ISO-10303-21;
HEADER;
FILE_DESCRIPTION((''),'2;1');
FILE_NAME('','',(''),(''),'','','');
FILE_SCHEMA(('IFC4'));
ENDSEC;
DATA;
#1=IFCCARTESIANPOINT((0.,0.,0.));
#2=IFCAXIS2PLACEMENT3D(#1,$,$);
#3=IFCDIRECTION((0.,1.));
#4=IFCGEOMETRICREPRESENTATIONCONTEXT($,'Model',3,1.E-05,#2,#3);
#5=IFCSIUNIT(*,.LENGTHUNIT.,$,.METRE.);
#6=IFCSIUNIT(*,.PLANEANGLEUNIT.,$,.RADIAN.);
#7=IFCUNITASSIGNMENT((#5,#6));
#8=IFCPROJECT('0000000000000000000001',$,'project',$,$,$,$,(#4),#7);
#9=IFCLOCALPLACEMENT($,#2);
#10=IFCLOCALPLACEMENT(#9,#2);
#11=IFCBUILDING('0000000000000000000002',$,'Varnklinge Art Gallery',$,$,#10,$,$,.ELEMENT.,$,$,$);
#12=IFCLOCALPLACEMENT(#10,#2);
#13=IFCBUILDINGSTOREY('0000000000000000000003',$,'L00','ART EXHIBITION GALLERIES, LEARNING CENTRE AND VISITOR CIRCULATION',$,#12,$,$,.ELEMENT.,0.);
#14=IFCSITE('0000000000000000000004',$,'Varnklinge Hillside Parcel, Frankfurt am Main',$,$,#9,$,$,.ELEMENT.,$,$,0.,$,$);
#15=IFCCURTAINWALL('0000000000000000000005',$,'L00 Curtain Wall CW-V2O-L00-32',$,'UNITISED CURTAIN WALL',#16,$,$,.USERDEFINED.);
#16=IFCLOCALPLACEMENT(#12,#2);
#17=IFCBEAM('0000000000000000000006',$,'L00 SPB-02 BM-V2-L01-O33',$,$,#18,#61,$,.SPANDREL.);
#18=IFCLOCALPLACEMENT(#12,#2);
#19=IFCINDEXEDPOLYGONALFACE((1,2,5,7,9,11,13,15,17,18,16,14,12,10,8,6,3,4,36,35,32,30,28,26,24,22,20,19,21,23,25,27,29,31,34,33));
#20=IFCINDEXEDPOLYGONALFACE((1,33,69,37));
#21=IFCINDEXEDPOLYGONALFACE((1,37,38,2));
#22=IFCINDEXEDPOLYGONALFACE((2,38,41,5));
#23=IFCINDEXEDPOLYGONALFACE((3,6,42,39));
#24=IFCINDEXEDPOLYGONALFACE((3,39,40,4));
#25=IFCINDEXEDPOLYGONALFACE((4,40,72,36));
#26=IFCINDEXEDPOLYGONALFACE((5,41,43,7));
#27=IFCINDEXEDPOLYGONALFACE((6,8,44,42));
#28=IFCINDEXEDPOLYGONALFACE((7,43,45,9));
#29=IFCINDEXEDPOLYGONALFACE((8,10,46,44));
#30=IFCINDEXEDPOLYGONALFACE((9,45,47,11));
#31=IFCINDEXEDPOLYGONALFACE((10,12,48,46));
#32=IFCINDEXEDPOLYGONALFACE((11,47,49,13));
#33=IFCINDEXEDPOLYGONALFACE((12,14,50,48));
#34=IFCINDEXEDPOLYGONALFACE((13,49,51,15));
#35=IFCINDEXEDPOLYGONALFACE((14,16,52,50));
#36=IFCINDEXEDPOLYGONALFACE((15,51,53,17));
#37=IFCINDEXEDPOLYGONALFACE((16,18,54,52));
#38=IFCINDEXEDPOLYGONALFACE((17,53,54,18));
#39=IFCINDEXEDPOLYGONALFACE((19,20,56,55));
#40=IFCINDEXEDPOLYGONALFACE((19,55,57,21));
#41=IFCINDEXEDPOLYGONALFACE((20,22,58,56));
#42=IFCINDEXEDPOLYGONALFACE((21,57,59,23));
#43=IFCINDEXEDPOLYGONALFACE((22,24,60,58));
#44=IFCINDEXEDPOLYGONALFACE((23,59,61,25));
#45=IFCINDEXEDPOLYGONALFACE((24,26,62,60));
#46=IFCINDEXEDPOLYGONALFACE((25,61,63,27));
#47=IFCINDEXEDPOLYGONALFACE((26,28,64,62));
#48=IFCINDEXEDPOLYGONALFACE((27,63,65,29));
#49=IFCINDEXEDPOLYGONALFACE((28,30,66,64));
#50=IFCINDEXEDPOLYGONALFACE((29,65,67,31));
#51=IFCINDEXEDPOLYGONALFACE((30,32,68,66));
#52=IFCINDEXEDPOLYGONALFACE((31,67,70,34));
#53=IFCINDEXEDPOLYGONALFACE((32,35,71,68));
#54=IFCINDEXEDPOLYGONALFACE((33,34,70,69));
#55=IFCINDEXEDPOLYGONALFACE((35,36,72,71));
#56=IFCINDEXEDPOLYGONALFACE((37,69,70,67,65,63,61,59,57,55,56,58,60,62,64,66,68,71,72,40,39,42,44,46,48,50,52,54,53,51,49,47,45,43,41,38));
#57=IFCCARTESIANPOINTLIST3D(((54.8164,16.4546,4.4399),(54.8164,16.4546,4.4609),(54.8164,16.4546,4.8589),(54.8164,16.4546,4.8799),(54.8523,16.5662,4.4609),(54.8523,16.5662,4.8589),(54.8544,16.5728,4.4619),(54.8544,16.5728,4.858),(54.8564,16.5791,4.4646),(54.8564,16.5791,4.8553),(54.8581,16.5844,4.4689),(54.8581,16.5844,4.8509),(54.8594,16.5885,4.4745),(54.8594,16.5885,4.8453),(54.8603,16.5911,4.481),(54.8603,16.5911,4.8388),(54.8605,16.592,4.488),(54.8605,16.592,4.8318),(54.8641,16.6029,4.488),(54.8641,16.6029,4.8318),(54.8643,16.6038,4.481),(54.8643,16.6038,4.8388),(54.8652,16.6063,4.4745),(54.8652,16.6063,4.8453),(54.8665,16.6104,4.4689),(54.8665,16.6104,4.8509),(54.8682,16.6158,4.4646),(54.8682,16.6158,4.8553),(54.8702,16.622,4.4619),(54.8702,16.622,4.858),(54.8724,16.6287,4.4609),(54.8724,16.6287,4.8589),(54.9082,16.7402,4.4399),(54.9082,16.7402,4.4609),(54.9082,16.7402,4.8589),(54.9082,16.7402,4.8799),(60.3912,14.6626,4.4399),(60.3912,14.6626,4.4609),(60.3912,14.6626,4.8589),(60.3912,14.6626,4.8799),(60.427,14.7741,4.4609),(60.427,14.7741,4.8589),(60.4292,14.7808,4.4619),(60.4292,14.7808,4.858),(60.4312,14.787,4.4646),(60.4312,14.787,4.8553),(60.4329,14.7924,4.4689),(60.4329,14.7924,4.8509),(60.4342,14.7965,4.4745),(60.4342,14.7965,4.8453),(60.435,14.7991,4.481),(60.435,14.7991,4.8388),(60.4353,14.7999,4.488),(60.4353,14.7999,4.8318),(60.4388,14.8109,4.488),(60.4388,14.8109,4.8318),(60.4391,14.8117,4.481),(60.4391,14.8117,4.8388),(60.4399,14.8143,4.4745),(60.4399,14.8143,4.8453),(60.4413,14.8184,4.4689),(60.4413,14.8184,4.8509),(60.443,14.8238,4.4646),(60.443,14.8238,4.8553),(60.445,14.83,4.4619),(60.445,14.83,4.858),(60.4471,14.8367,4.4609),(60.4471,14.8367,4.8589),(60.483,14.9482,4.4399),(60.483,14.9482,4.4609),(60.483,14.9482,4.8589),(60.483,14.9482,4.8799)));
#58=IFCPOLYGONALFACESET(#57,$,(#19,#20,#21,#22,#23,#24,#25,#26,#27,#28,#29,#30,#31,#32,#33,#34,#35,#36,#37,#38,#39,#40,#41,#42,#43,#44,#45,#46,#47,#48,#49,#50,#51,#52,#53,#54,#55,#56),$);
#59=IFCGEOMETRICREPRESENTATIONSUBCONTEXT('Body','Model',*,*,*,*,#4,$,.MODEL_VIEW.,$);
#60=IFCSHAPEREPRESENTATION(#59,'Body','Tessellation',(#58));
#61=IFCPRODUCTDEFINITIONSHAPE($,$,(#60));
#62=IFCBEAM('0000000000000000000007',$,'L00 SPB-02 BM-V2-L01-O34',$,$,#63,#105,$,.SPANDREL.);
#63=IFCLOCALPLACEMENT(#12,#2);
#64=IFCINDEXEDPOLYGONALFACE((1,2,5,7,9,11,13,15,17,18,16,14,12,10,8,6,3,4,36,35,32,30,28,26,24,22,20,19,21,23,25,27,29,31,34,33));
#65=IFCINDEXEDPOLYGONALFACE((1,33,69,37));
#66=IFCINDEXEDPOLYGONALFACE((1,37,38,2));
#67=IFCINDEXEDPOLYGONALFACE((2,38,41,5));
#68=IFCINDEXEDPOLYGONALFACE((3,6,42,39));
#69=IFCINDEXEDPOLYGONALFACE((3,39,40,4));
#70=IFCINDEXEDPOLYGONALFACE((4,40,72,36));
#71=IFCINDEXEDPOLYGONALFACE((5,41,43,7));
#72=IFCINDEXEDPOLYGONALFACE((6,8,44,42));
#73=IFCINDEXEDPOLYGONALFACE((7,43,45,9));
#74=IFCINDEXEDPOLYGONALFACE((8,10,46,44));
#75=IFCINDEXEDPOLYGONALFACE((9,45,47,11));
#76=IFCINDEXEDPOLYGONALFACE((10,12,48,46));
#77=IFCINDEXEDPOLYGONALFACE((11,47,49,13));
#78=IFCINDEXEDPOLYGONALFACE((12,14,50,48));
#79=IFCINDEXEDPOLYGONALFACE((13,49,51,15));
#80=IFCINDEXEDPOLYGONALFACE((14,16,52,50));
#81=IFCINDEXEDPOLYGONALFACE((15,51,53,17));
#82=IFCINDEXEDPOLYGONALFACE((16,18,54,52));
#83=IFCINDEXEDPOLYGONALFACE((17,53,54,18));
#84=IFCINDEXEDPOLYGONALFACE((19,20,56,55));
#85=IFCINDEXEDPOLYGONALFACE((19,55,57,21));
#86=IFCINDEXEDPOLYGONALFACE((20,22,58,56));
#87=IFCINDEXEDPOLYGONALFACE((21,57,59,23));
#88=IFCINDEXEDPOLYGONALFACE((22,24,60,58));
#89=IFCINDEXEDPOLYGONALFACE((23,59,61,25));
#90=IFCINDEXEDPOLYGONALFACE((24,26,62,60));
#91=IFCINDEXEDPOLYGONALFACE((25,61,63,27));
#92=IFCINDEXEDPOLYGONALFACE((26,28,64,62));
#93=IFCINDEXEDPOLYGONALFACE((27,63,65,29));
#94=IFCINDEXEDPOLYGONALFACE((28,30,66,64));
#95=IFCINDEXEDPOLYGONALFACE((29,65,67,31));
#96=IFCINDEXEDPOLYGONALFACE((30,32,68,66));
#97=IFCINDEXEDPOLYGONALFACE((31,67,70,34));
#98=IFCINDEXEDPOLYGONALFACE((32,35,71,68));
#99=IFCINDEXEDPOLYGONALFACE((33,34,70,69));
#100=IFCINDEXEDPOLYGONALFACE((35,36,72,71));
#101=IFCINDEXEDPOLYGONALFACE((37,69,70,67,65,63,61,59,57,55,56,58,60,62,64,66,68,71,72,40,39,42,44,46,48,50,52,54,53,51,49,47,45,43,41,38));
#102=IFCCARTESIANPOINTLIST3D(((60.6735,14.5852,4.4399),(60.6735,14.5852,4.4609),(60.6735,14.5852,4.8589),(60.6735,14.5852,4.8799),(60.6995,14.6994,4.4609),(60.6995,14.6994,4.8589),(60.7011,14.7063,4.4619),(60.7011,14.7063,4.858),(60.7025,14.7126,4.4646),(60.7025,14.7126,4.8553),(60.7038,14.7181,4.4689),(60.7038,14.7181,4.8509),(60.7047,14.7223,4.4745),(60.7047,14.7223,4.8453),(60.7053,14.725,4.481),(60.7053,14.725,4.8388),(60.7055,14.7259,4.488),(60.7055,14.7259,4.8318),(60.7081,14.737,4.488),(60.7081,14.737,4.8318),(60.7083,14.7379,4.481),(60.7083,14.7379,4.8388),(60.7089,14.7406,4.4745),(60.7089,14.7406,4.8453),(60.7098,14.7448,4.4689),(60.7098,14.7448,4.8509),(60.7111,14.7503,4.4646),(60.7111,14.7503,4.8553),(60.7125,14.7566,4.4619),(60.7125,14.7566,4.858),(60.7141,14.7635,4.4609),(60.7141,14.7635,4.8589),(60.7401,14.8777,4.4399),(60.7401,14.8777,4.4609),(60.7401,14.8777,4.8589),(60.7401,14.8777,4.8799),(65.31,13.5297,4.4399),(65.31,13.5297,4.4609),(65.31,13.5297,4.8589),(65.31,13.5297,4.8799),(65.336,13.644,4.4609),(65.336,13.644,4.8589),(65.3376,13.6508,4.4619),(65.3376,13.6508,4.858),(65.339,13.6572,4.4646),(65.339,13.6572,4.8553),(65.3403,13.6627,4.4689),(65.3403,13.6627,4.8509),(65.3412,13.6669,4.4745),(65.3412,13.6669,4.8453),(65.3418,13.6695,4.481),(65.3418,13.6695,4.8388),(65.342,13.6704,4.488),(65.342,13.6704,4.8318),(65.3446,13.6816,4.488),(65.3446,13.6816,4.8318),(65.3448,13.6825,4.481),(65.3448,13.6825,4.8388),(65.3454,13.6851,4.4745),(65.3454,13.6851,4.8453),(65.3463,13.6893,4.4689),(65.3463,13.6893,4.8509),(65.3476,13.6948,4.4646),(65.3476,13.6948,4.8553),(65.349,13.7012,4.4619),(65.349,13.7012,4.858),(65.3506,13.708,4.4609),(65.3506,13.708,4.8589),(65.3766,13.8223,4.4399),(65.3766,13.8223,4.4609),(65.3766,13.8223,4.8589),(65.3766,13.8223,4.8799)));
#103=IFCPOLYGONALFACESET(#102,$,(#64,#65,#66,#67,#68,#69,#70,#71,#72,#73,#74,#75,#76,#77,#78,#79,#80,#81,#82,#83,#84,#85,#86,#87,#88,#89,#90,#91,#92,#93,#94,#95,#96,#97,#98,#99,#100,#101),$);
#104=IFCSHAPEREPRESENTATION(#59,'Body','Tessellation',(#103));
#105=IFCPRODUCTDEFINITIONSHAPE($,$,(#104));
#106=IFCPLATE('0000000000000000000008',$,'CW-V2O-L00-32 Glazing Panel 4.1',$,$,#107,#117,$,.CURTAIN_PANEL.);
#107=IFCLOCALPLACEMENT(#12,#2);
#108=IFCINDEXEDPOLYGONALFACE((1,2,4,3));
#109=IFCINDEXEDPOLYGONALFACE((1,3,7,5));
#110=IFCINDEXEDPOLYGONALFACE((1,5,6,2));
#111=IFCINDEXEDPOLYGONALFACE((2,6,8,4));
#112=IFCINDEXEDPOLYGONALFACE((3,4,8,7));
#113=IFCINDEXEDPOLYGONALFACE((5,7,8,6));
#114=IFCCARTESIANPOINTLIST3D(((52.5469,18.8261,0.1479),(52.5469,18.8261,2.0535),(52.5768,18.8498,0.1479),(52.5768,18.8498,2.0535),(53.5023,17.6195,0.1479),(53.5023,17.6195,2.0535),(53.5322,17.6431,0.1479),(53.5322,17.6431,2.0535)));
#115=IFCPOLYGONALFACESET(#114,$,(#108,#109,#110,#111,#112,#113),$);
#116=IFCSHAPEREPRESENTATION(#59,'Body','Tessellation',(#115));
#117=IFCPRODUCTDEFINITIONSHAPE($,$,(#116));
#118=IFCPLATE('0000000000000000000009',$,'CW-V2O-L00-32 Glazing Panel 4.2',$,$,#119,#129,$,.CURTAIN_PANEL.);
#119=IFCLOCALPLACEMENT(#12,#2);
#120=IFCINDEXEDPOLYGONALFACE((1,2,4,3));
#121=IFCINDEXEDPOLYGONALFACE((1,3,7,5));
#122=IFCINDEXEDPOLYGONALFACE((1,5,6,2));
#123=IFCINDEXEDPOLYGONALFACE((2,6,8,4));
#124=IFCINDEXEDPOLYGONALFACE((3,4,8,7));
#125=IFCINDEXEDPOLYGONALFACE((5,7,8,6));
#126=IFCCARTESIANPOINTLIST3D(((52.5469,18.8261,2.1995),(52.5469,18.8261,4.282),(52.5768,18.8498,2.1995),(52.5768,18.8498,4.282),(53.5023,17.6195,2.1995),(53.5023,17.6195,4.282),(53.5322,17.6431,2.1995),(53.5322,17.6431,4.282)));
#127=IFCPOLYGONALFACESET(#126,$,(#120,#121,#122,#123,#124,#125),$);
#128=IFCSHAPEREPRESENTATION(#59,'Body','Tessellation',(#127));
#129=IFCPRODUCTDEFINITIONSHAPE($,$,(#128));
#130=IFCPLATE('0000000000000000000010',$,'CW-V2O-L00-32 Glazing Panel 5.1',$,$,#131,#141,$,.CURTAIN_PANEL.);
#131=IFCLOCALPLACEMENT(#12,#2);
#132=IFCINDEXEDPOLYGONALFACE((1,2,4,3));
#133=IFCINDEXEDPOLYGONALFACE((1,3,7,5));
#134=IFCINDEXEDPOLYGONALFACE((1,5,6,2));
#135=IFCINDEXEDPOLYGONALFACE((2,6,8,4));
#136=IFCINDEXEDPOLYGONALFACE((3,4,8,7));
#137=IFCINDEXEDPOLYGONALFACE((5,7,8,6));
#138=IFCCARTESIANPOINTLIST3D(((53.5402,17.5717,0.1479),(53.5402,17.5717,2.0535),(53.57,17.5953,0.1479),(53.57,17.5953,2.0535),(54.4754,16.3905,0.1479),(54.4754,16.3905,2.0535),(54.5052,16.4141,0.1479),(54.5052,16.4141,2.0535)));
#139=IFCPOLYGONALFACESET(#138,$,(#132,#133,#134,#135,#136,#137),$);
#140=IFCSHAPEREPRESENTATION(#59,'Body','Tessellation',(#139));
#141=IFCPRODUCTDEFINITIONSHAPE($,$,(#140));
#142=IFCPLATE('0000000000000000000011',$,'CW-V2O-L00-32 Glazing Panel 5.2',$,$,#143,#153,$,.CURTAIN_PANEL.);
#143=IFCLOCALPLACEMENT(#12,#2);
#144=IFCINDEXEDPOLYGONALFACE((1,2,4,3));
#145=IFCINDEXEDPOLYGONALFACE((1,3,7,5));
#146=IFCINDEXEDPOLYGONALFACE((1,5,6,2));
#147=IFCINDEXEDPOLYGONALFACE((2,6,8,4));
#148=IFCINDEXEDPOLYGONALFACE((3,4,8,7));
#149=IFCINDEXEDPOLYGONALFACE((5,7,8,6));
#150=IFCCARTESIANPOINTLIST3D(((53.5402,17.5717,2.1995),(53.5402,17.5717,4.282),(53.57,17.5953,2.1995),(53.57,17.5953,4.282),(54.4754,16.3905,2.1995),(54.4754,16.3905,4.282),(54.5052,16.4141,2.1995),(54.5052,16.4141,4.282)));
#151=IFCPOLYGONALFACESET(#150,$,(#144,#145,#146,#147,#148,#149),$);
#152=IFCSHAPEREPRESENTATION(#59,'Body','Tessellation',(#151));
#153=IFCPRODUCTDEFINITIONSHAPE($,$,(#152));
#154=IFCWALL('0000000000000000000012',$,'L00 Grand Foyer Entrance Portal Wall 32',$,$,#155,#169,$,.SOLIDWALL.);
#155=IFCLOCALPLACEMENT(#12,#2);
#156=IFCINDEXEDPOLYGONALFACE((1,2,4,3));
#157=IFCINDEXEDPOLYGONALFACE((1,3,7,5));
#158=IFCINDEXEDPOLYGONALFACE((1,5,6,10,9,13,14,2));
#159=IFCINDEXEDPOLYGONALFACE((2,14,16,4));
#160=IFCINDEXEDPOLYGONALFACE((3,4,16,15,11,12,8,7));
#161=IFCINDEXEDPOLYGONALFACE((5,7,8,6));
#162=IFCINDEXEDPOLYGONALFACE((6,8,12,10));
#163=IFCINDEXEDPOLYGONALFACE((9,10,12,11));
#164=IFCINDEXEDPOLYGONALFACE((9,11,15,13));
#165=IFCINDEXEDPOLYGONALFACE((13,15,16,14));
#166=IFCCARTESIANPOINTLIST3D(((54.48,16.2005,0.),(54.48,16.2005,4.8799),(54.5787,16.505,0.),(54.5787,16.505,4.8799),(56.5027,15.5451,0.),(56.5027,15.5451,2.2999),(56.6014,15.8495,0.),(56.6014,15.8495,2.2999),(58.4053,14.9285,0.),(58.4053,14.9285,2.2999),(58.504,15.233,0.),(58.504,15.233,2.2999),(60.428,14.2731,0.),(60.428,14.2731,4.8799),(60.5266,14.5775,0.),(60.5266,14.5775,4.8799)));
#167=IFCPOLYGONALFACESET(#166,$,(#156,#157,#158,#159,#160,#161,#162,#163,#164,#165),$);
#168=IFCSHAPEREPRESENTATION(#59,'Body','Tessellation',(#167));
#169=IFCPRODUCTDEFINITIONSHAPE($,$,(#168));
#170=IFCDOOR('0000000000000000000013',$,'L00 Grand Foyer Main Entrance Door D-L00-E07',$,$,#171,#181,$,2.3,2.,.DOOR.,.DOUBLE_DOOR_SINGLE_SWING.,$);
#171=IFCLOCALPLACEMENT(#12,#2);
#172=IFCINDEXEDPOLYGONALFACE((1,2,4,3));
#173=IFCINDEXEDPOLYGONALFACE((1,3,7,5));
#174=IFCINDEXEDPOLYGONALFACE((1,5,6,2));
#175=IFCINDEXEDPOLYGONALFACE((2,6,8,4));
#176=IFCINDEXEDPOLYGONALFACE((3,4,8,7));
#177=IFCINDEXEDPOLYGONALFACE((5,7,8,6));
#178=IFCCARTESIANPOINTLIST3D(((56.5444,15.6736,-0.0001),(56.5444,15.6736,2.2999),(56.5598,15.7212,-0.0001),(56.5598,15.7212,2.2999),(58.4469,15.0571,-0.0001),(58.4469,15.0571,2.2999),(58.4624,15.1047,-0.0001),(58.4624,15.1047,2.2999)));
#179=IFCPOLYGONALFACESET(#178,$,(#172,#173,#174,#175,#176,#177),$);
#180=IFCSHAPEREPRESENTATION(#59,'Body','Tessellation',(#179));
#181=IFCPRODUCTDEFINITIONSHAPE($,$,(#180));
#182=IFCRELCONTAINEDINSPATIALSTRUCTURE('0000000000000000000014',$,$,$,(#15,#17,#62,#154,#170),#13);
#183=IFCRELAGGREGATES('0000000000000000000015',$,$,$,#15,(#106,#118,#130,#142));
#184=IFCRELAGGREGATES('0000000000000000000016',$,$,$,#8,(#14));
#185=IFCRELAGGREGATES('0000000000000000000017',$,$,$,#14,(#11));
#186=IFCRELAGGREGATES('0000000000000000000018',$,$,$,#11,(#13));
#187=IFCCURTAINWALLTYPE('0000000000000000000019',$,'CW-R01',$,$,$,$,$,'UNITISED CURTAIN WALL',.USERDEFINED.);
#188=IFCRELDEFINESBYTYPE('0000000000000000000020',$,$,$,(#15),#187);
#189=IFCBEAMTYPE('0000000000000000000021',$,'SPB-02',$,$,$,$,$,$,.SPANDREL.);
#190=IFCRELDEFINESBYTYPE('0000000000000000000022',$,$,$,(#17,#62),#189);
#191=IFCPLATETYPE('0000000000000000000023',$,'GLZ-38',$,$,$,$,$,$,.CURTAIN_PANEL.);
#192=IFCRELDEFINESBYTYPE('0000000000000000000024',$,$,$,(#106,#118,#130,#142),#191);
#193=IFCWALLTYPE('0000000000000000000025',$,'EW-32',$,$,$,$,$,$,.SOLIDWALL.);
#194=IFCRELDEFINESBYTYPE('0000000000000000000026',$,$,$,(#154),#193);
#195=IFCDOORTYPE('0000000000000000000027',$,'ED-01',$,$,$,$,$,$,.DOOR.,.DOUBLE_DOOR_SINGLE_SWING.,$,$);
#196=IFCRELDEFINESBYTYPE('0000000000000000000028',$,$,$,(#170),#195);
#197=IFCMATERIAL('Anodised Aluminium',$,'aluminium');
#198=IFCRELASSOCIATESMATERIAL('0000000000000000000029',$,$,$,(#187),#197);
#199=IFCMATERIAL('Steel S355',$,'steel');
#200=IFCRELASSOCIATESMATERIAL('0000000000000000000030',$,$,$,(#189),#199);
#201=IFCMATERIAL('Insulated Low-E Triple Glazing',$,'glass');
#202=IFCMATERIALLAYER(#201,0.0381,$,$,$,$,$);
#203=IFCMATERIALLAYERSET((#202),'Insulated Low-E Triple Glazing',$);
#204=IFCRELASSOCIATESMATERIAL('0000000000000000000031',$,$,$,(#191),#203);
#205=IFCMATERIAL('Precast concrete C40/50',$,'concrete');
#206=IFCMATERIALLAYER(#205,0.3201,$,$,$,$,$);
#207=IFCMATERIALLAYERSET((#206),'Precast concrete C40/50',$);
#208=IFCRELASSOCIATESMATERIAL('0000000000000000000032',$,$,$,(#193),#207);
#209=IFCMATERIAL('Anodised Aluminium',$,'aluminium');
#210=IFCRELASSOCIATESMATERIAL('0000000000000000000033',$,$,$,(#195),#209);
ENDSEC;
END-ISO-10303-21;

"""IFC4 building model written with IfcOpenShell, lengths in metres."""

from ifc_helpers import new_model, si_unit, direction, frame, frame_2d, origin, origin_2d, place, context, subcontext, project, spatial, rectangle, i_section, extrude, material, layer, layer_set, material_profile, profile_set, type_object, element, fill, aggregate, save


model = new_model("IFC4")

# Units and contexts
model_context = context("Model", 3, precision=1e-05, world=origin(), true_north=direction((0.0, 1.0)))
body_context = subcontext(model_context, "Body", "Model", "MODEL_VIEW")
ifc_project = project(units=[si_unit("LENGTHUNIT", "METRE"), si_unit("PLANEANGLEUNIT", "RADIAN")], contexts=[model_context])

# Site, building, storey
site_placement = place(None, origin())
site = spatial("IfcSite", under=ifc_project, at=site_placement, Name="Varnklinge Hillside Parcel, Frankfurt am Main", CompositionType="ELEMENT", RefElevation=0.0)
building_placement = place(site_placement, origin())
building = spatial("IfcBuilding", under=site, at=building_placement, Name="Varnklinge Art Gallery", CompositionType="ELEMENT")
storey_placement = place(building_placement, origin())
storey = spatial("IfcBuildingStorey", under=building, at=storey_placement, Name="L00", Description="ART EXHIBITION GALLERIES, LEARNING CENTRE AND VISITOR CIRCULATION", CompositionType="ELEMENT", Elevation=0.0)

# Curtain wall
ifc_material_1 = material(Name="Anodised Aluminium", Category="aluminium")
curtain_wall_type = type_object("IfcCurtainWallType", Name="CW-R01", ElementType="UNITISED CURTAIN WALL", PredefinedType="USERDEFINED", material=ifc_material_1)
curtain_wall_placement = place(storey_placement, origin())
curtain_wall = element("IfcCurtainWall", 1, at=curtain_wall_placement, inside=storey, type_object=curtain_wall_type, Name="L00 Curtain Wall CW-V2O-L00-32", ObjectType="UNITISED CURTAIN WALL", PredefinedType="USERDEFINED")

# Beams
ifc_material_2 = material(Name="Steel S355", Category="steel")
ifc_material_profile_1 = material_profile(ifc_material_2, i_section(OverallWidth=0.3, OverallDepth=0.4399, WebThickness=0.0115, FlangeThickness=0.021, FilletRadius=0.0271, at=origin_2d()), Name="HEA 450")
ifc_profile_set_1 = profile_set([ifc_material_profile_1], Name="Steel S355")
beam_type_1 = type_object("IfcBeamType", Name="SPB-02", PredefinedType="SPANDREL", material=ifc_profile_set_1)
beam_1_placement = place(storey_placement, frame((54.8623, 16.5974, 4.6599), z_axis=(0.952022, -0.306028, 0.0), x_axis=(0.306028, 0.952022, 0.0)))
element("IfcBeam", 2, at=beam_1_placement, inside=storey, type_object=beam_type_1, Name="L00 SPB-02 BM-V2-L01-O33", PredefinedType="SPANDREL", context=body_context, shape_type="SweptSolid", body=[
    extrude(i_section(OverallWidth=0.3, OverallDepth=0.4399, WebThickness=0.0115, FlangeThickness=0.021, FilletRadius=0.0271, at=origin_2d()), origin(), (0.0, 0.0, 1.0), 5.8557),
])
beam_2_placement = place(storey_placement, frame((60.7068, 14.7314, 4.6599), z_axis=(0.975057, -0.221956, 0.0), x_axis=(0.221956, 0.975057, 0.0)))
element("IfcBeam", 3, at=beam_2_placement, inside=storey, type_object=beam_type_1, Name="L00 SPB-02 BM-V2-L01-O34", PredefinedType="SPANDREL", context=body_context, shape_type="SweptSolid", body=[
    extrude(i_section(OverallWidth=0.3, OverallDepth=0.4399, WebThickness=0.0115, FlangeThickness=0.021, FilletRadius=0.0271, at=origin_2d()), origin(), (0.0, 0.0, 1.0), 4.7551),
])

# Plates
ifc_material_3 = material(Name="Insulated Low-E Triple Glazing", Category="glass")
ifc_layer_1 = layer(ifc_material_3, 0.0381)
ifc_layer_set_1 = layer_set([ifc_layer_1], Name="Insulated Low-E Triple Glazing")
plate_type = type_object("IfcPlateType", Name="GLZ-38", PredefinedType="CURTAIN_PANEL", material=ifc_layer_set_1)
plate_1_placement = place(storey_placement, frame((53.0396, 18.2346, 0.1479), z_axis=(0.0, 0.0, 1.0), x_axis=(0.620737, -0.784019, 0.0)))
plate_1 = element("IfcPlate", 4, at=plate_1_placement, type_object=plate_type, Name="CW-V2O-L00-32 Glazing Panel 4.1", PredefinedType="CURTAIN_PANEL", context=body_context, shape_type="SweptSolid", body=[
    extrude(rectangle(XDim=1.5391, YDim=0.0381, at=origin_2d()), origin(), (0.0, 0.0, 1.0), 1.9055),
])
plate_2_placement = place(storey_placement, frame((53.0396, 18.2346, 2.1995), z_axis=(0.0, 0.0, 1.0), x_axis=(0.620737, -0.784019, 0.0)))
plate_2 = element("IfcPlate", 5, at=plate_2_placement, type_object=plate_type, Name="CW-V2O-L00-32 Glazing Panel 4.2", PredefinedType="CURTAIN_PANEL", context=body_context, shape_type="SweptSolid", body=[
    extrude(rectangle(XDim=1.5391, YDim=0.0381, at=origin_2d()), origin(), (0.0, 0.0, 1.0), 2.0825),
])
plate_3_placement = place(storey_placement, frame((54.0227, 16.9929, 0.1479), z_axis=(0.0, 0.0, 1.0), x_axis=(0.620737, -0.784019, 0.0)))
plate_3 = element("IfcPlate", 6, at=plate_3_placement, type_object=plate_type, Name="CW-V2O-L00-32 Glazing Panel 5.1", PredefinedType="CURTAIN_PANEL", context=body_context, shape_type="SweptSolid", body=[
    extrude(rectangle(XDim=1.5066, YDim=0.0381, at=origin_2d()), origin(), (0.0, 0.0, 1.0), 1.9055),
])
plate_4_placement = place(storey_placement, frame((54.0227, 16.9929, 2.1995), z_axis=(0.0, 0.0, 1.0), x_axis=(0.620737, -0.784019, 0.0)))
plate_4 = element("IfcPlate", 7, at=plate_4_placement, type_object=plate_type, Name="CW-V2O-L00-32 Glazing Panel 5.2", PredefinedType="CURTAIN_PANEL", context=body_context, shape_type="SweptSolid", body=[
    extrude(rectangle(XDim=1.5066, YDim=0.0381, at=origin_2d()), origin(), (0.0, 0.0, 1.0), 2.0825),
])
aggregate(curtain_wall, [plate_1, plate_2, plate_3, plate_4])

# Wall, opening, door
ifc_material_4 = material(Name="Precast concrete C40/50", Category="concrete")
ifc_layer_2 = layer(ifc_material_4, 0.3201)
ifc_layer_set_2 = layer_set([ifc_layer_2], Name="Precast concrete C40/50")
wall_type_1 = type_object("IfcWallType", Name="EW-32", PredefinedType="SOLIDWALL", material=ifc_layer_set_2)
wall_1_placement = place(storey_placement, frame((60.4773, 14.4253, 0.0), z_axis=(0.0, 0.0, 1.0), x_axis=(-0.951297, 0.308275, 0.0)))
wall_1 = element("IfcWall", 8, at=wall_1_placement, inside=storey, type_object=wall_type_1, Name="L00 Grand Foyer Entrance Portal Wall 32", PredefinedType="SOLIDWALL", context=body_context, shape_type="SweptSolid", body=[
    extrude(rectangle(XDim=6.2524, YDim=0.3201, at=frame_2d((3.1262, 0.0))), origin(), (0.0, 0.0, 1.0), 4.8799),
])
opening_placement = place(wall_1_placement, frame((2.1262, 0.0, 0.0)))
opening = element("IfcOpeningElement", 9, at=opening_placement, cuts=wall_1, PredefinedType="OPENING", context=body_context, shape_type="SweptSolid", body=[
    extrude(rectangle(XDim=2.0, YDim=2.3, at=frame_2d((1.0, 1.1499))), frame((0.0, 0.1702, 0.0), z_axis=(0.0, -1.0, 0.0), x_axis=(1.0, 0.0, 0.0)), (0.0, 0.0, 1.0), 0.3401),
])
ifc_material_5 = material(Name="Anodised Aluminium", Category="aluminium")
door_type = type_object("IfcDoorType", Name="ED-01", OperationType="DOUBLE_DOOR_SINGLE_SWING", PredefinedType="DOOR", material=ifc_material_5)
door_placement = place(opening_placement, origin())
door = element("IfcDoor", 10, at=door_placement, inside=storey, type_object=door_type, Name="L00 Grand Foyer Main Entrance Door D-L00-E07", OperationType="DOUBLE_DOOR_SINGLE_SWING", OverallHeight=2.3, OverallWidth=2.0, PredefinedType="DOOR", context=body_context, shape_type="SweptSolid", body=[
    extrude(rectangle(XDim=2.0, YDim=2.3, at=frame_2d((1.0, 1.1499))), frame((0.0, 0.0249, 0.0), z_axis=(0.0, -1.0, 0.0), x_axis=(1.0, 0.0, 0.0)), (0.0, 0.0, 1.0), 0.05),
])
fill(opening, door)

save(model, "model.ifc")
